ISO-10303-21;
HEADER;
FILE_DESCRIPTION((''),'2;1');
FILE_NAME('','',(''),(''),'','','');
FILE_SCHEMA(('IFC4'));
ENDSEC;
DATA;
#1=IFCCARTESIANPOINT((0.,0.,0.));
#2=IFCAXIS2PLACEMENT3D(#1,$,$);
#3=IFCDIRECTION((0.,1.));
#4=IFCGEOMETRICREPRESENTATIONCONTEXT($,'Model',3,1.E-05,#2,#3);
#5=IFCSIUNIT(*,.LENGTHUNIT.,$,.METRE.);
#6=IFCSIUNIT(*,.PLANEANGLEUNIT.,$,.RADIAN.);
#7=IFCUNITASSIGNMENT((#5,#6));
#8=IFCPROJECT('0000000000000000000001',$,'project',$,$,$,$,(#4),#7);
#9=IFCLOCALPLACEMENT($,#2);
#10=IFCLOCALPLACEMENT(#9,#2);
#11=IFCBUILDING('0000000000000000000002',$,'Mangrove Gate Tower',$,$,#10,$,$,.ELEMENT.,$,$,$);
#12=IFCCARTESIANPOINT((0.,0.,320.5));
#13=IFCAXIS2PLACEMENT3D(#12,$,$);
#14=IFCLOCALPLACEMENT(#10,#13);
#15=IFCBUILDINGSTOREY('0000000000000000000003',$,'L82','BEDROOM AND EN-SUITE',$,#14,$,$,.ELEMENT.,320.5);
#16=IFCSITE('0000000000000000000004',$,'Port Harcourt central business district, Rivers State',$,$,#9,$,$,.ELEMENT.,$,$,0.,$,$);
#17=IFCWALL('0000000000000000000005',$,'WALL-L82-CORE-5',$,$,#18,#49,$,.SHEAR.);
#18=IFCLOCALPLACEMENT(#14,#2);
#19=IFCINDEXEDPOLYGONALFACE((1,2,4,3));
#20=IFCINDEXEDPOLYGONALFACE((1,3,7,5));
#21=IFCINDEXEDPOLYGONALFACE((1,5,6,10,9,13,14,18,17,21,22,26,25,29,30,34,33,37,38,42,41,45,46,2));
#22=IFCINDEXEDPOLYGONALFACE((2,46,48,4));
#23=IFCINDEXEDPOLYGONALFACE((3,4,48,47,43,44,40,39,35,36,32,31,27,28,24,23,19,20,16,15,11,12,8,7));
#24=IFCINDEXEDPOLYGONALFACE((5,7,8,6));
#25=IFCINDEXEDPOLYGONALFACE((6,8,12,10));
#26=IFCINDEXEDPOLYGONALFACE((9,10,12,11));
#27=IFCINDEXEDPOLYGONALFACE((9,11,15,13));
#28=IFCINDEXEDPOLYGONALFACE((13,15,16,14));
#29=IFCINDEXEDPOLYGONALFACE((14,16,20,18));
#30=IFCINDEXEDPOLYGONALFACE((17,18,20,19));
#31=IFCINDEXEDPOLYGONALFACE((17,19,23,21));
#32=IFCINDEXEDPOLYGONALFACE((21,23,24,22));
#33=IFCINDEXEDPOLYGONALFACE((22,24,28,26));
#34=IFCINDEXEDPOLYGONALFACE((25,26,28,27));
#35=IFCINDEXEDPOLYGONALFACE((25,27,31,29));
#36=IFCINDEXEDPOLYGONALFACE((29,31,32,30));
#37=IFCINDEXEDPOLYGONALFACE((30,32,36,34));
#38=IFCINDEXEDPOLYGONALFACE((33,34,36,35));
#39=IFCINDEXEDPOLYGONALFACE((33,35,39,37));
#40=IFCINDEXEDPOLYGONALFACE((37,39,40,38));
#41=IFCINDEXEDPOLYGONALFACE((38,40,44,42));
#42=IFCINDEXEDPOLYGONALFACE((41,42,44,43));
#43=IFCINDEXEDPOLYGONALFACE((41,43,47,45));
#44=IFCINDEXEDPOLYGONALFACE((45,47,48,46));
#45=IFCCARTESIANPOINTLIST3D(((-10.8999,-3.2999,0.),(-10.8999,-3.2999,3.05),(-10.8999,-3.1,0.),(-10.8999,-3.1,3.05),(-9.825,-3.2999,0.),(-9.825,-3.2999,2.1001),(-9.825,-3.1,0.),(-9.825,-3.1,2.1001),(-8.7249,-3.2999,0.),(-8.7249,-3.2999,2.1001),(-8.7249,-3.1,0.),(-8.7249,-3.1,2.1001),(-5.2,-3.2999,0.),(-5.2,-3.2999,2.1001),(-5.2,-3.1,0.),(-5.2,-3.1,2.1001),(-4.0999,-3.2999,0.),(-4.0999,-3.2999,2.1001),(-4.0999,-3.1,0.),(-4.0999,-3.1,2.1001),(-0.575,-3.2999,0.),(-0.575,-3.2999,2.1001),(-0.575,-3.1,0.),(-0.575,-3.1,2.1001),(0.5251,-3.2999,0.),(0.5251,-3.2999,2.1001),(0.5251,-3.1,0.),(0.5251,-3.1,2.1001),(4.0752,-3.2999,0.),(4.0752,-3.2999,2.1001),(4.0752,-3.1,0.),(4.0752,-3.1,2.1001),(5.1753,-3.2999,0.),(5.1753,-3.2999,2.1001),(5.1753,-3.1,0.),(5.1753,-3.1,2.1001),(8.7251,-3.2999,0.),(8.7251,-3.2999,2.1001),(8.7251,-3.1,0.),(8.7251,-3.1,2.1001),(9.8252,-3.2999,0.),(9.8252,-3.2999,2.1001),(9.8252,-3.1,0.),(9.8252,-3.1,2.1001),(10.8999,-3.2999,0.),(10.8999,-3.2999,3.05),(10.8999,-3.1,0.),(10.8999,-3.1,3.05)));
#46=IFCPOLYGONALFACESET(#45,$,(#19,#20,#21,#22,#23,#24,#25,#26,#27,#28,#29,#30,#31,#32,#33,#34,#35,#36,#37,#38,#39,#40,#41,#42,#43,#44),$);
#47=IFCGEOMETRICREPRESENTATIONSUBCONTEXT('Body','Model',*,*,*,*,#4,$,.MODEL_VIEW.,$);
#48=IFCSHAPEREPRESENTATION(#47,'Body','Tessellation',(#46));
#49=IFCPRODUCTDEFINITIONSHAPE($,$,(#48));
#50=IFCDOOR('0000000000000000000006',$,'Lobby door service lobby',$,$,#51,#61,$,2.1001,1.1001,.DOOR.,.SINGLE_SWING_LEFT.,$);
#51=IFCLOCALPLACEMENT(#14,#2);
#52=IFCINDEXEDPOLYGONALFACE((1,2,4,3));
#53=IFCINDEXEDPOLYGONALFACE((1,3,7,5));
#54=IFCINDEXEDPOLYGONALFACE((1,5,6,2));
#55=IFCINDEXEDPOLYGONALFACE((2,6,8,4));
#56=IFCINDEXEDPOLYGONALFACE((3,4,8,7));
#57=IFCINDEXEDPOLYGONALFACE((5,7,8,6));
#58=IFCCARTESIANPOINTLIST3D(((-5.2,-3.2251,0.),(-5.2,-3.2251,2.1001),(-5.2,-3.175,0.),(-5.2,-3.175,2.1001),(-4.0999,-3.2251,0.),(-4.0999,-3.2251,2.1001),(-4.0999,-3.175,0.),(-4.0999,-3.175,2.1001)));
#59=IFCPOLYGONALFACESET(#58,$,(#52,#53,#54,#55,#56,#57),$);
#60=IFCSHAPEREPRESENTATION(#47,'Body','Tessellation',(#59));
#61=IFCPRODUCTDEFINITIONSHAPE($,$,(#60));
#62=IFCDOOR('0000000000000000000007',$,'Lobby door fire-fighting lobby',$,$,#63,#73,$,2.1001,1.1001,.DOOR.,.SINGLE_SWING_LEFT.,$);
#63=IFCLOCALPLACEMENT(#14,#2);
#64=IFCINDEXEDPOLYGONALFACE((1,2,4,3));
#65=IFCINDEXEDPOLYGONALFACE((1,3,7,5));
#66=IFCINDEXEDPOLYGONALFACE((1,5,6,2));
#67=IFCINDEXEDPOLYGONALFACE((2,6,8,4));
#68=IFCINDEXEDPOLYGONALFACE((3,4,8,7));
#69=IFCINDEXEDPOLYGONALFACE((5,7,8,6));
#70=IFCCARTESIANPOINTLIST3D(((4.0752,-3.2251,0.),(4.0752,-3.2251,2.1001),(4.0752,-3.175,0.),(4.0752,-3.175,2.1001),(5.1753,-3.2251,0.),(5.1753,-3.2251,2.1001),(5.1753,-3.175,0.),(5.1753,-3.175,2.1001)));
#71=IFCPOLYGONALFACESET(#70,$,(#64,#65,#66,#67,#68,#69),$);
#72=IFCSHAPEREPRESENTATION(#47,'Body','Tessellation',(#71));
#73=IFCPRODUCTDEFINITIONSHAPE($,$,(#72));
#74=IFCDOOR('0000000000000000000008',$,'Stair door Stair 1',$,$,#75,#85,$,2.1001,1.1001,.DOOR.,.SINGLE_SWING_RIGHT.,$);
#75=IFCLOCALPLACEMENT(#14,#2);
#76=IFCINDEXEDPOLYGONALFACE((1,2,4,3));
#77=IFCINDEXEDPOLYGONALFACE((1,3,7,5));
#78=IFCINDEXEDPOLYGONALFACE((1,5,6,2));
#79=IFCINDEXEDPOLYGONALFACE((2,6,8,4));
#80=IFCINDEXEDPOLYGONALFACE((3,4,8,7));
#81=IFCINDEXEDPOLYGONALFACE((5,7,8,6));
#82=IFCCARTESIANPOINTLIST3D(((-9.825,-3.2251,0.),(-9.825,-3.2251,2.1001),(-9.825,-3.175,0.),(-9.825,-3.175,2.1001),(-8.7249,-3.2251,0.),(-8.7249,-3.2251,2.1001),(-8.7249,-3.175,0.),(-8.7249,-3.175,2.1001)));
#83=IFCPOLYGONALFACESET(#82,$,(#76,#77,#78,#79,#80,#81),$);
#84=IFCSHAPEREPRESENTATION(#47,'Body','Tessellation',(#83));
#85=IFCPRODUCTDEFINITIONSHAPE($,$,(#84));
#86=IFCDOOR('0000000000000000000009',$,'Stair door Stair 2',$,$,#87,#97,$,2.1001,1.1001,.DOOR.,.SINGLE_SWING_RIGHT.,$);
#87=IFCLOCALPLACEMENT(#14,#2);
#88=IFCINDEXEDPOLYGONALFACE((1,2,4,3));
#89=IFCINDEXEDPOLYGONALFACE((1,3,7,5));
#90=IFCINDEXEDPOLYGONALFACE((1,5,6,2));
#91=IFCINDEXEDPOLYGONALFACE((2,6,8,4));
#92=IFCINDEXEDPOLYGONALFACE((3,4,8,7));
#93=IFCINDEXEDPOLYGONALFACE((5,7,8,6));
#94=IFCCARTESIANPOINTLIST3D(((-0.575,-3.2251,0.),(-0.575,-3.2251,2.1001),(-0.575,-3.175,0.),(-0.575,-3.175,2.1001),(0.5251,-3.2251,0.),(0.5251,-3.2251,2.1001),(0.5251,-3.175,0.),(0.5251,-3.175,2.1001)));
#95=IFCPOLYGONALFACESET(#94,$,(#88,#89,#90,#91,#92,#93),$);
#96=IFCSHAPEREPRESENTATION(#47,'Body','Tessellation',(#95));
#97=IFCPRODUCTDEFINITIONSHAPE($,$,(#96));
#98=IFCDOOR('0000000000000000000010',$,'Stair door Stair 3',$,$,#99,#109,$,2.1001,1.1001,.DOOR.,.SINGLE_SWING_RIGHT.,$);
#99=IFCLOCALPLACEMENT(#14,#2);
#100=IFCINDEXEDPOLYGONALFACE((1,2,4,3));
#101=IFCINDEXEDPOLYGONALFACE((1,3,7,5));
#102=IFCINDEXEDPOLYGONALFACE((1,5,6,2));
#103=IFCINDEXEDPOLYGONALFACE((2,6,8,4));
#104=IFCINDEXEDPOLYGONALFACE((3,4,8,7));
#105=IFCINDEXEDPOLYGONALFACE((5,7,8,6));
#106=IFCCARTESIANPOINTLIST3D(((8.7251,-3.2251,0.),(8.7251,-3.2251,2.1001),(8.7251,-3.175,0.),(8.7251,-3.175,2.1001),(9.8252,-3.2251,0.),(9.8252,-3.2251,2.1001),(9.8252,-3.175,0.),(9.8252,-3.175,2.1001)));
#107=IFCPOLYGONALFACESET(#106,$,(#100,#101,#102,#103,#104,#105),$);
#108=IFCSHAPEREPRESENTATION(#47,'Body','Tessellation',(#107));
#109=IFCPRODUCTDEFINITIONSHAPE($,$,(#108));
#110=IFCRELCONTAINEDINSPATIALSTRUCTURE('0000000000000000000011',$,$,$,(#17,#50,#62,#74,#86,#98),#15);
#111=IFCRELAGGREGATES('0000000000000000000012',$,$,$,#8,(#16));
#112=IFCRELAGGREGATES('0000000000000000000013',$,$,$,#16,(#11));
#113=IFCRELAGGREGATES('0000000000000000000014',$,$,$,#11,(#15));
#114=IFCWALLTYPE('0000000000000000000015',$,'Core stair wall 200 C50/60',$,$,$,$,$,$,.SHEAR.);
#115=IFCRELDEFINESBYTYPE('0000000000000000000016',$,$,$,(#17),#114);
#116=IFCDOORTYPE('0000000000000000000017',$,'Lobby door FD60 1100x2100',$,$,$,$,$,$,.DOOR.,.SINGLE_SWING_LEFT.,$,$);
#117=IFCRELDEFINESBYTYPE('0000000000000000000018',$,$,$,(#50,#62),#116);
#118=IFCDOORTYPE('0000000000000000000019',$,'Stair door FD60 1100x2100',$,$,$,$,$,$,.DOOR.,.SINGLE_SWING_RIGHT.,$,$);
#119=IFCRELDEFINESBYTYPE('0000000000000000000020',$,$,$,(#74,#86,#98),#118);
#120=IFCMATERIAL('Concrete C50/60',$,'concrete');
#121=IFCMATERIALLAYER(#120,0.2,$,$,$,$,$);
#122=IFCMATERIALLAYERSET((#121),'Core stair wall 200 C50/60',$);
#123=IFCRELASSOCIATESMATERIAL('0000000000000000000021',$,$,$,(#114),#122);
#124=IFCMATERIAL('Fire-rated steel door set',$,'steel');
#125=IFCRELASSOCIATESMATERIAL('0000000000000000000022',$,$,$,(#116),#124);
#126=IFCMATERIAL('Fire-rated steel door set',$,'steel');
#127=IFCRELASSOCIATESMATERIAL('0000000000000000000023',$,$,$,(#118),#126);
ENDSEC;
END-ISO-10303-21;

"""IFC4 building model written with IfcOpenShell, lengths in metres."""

from ifc_helpers import new_model, si_unit, direction, frame, frame_2d, origin, place, context, subcontext, project, spatial, rectangle, extrude, material, layer, layer_set, type_object, element, fill, save


model = new_model("IFC4")

# Units and contexts
model_context = context("Model", 3, precision=1e-05, world=origin(), true_north=direction((0.0, 1.0)))
body_context = subcontext(model_context, "Body", "Model", "MODEL_VIEW")
ifc_project = project(units=[si_unit("LENGTHUNIT", "METRE"), si_unit("PLANEANGLEUNIT", "RADIAN")], contexts=[model_context])

# Site, building, storey
site_placement = place(None, origin())
site = spatial("IfcSite", under=ifc_project, at=site_placement, Name="Port Harcourt central business district, Rivers State", CompositionType="ELEMENT", RefElevation=0.0)
building_placement = place(site_placement, origin())
building = spatial("IfcBuilding", under=site, at=building_placement, Name="Mangrove Gate Tower", CompositionType="ELEMENT")
storey_placement = place(building_placement, frame((0.0, 0.0, 320.5)))
storey = spatial("IfcBuildingStorey", under=building, at=storey_placement, Name="L82", Description="BEDROOM AND EN-SUITE", CompositionType="ELEMENT", Elevation=320.5)

# Wall, openings, doors
ifc_material_1 = material(Name="Concrete C50/60", Category="concrete")
ifc_layer_1 = layer(ifc_material_1, 0.2)
ifc_layer_set_1 = layer_set([ifc_layer_1], Name="Core stair wall 200 C50/60")
wall_type_1 = type_object("IfcWallType", Name="Core stair wall 200 C50/60", PredefinedType="SHEAR", material=ifc_layer_set_1)
wall_1_placement = place(storey_placement, frame((-10.8999, -3.2, 0.0), z_axis=(0.0, 0.0, 1.0), x_axis=(1.0, 0.0, 0.0)))
wall_1 = element("IfcWall", 1, at=wall_1_placement, inside=storey, type_object=wall_type_1, Name="WALL-L82-CORE-5", PredefinedType="SHEAR", context=body_context, shape_type="SweptSolid", body=[
    extrude(rectangle(XDim=21.7998, YDim=0.2, at=frame_2d((10.8999, 0.0))), origin(), (0.0, 0.0, 1.0), 3.05),
])
opening_1_placement = place(wall_1_placement, frame((1.075, 0.0, 0.0)))
opening_1 = element("IfcOpeningElement", 2, at=opening_1_placement, cuts=wall_1, PredefinedType="OPENING", context=body_context, shape_type="SweptSolid", body=[
    extrude(rectangle(XDim=1.1001, YDim=2.1001, at=frame_2d((0.55, 1.05))), frame((0.0, 0.1099, 0.0), z_axis=(0.0, -1.0, 0.0), x_axis=(1.0, 0.0, 0.0)), (0.0, 0.0, 1.0), 0.22),
])
opening_2_placement = place(wall_1_placement, frame((10.325, 0.0, 0.0)))
opening_2 = element("IfcOpeningElement", 3, at=opening_2_placement, cuts=wall_1, PredefinedType="OPENING", context=body_context, shape_type="SweptSolid", body=[
    extrude(rectangle(XDim=1.1001, YDim=2.1001, at=frame_2d((0.55, 1.05))), frame((0.0, 0.1099, 0.0), z_axis=(0.0, -1.0, 0.0), x_axis=(1.0, 0.0, 0.0)), (0.0, 0.0, 1.0), 0.22),
])
opening_3_placement = place(wall_1_placement, frame((19.625, 0.0, 0.0)))
opening_3 = element("IfcOpeningElement", 4, at=opening_3_placement, cuts=wall_1, PredefinedType="OPENING", context=body_context, shape_type="SweptSolid", body=[
    extrude(rectangle(XDim=1.1001, YDim=2.1001, at=frame_2d((0.55, 1.05))), frame((0.0, 0.1099, 0.0), z_axis=(0.0, -1.0, 0.0), x_axis=(1.0, 0.0, 0.0)), (0.0, 0.0, 1.0), 0.22),
])
opening_4_placement = place(wall_1_placement, frame((5.7, 0.0, 0.0)))
opening_4 = element("IfcOpeningElement", 5, at=opening_4_placement, cuts=wall_1, PredefinedType="OPENING", context=body_context, shape_type="SweptSolid", body=[
    extrude(rectangle(XDim=1.1001, YDim=2.1001, at=frame_2d((0.55, 1.05))), frame((0.0, 0.1099, 0.0), z_axis=(0.0, -1.0, 0.0), x_axis=(1.0, 0.0, 0.0)), (0.0, 0.0, 1.0), 0.22),
])
opening_5_placement = place(wall_1_placement, frame((14.9751, 0.0, 0.0)))
opening_5 = element("IfcOpeningElement", 6, at=opening_5_placement, cuts=wall_1, PredefinedType="OPENING", context=body_context, shape_type="SweptSolid", body=[
    extrude(rectangle(XDim=1.1001, YDim=2.1001, at=frame_2d((0.55, 1.05))), frame((0.0, 0.1099, 0.0), z_axis=(0.0, -1.0, 0.0), x_axis=(1.0, 0.0, 0.0)), (0.0, 0.0, 1.0), 0.22),
])
ifc_material_2 = material(Name="Fire-rated steel door set", Category="steel")
door_type_1 = type_object("IfcDoorType", Name="Lobby door FD60 1100x2100", OperationType="SINGLE_SWING_LEFT", PredefinedType="DOOR", material=ifc_material_2)
door_1_placement = place(opening_4_placement, origin())
door_1 = element("IfcDoor", 7, at=door_1_placement, inside=storey, type_object=door_type_1, Name="Lobby door service lobby", OperationType="SINGLE_SWING_LEFT", OverallHeight=2.1001, OverallWidth=1.1001, PredefinedType="DOOR", context=body_context, shape_type="SweptSolid", body=[
    extrude(rectangle(XDim=1.1001, YDim=2.1001, at=frame_2d((0.55, 1.05))), frame((0.0, 0.0249, 0.0), z_axis=(0.0, -1.0, 0.0), x_axis=(1.0, 0.0, 0.0)), (0.0, 0.0, 1.0), 0.05),
])
fill(opening_4, door_1)
door_2_placement = place(opening_5_placement, origin())
door_2 = element("IfcDoor", 8, at=door_2_placement, inside=storey, type_object=door_type_1, Name="Lobby door fire-fighting lobby", OperationType="SINGLE_SWING_LEFT", OverallHeight=2.1001, OverallWidth=1.1001, PredefinedType="DOOR", context=body_context, shape_type="SweptSolid", body=[
    extrude(rectangle(XDim=1.1001, YDim=2.1001, at=frame_2d((0.55, 1.05))), frame((0.0, 0.0249, 0.0), z_axis=(0.0, -1.0, 0.0), x_axis=(1.0, 0.0, 0.0)), (0.0, 0.0, 1.0), 0.05),
])
fill(opening_5, door_2)
ifc_material_3 = material(Name="Fire-rated steel door set", Category="steel")
door_type_2 = type_object("IfcDoorType", Name="Stair door FD60 1100x2100", OperationType="SINGLE_SWING_RIGHT", PredefinedType="DOOR", material=ifc_material_3)
door_3_placement = place(opening_1_placement, origin())
door_3 = element("IfcDoor", 9, at=door_3_placement, inside=storey, type_object=door_type_2, Name="Stair door Stair 1", OperationType="SINGLE_SWING_RIGHT", OverallHeight=2.1001, OverallWidth=1.1001, PredefinedType="DOOR", context=body_context, shape_type="SweptSolid", body=[
    extrude(rectangle(XDim=1.1001, YDim=2.1001, at=frame_2d((0.55, 1.05))), frame((0.0, 0.0249, 0.0), z_axis=(0.0, -1.0, 0.0), x_axis=(1.0, 0.0, 0.0)), (0.0, 0.0, 1.0), 0.05),
])
fill(opening_1, door_3)
door_4_placement = place(opening_2_placement, origin())
door_4 = element("IfcDoor", 10, at=door_4_placement, inside=storey, type_object=door_type_2, Name="Stair door Stair 2", OperationType="SINGLE_SWING_RIGHT", OverallHeight=2.1001, OverallWidth=1.1001, PredefinedType="DOOR", context=body_context, shape_type="SweptSolid", body=[
    extrude(rectangle(XDim=1.1001, YDim=2.1001, at=frame_2d((0.55, 1.05))), frame((0.0, 0.0249, 0.0), z_axis=(0.0, -1.0, 0.0), x_axis=(1.0, 0.0, 0.0)), (0.0, 0.0, 1.0), 0.05),
])
fill(opening_2, door_4)
door_5_placement = place(opening_3_placement, origin())
door_5 = element("IfcDoor", 11, at=door_5_placement, inside=storey, type_object=door_type_2, Name="Stair door Stair 3", OperationType="SINGLE_SWING_RIGHT", OverallHeight=2.1001, OverallWidth=1.1001, PredefinedType="DOOR", context=body_context, shape_type="SweptSolid", body=[
    extrude(rectangle(XDim=1.1001, YDim=2.1001, at=frame_2d((0.55, 1.05))), frame((0.0, 0.0249, 0.0), z_axis=(0.0, -1.0, 0.0), x_axis=(1.0, 0.0, 0.0)), (0.0, 0.0, 1.0), 0.05),
])
fill(opening_3, door_5)

save(model, "model.ifc")
